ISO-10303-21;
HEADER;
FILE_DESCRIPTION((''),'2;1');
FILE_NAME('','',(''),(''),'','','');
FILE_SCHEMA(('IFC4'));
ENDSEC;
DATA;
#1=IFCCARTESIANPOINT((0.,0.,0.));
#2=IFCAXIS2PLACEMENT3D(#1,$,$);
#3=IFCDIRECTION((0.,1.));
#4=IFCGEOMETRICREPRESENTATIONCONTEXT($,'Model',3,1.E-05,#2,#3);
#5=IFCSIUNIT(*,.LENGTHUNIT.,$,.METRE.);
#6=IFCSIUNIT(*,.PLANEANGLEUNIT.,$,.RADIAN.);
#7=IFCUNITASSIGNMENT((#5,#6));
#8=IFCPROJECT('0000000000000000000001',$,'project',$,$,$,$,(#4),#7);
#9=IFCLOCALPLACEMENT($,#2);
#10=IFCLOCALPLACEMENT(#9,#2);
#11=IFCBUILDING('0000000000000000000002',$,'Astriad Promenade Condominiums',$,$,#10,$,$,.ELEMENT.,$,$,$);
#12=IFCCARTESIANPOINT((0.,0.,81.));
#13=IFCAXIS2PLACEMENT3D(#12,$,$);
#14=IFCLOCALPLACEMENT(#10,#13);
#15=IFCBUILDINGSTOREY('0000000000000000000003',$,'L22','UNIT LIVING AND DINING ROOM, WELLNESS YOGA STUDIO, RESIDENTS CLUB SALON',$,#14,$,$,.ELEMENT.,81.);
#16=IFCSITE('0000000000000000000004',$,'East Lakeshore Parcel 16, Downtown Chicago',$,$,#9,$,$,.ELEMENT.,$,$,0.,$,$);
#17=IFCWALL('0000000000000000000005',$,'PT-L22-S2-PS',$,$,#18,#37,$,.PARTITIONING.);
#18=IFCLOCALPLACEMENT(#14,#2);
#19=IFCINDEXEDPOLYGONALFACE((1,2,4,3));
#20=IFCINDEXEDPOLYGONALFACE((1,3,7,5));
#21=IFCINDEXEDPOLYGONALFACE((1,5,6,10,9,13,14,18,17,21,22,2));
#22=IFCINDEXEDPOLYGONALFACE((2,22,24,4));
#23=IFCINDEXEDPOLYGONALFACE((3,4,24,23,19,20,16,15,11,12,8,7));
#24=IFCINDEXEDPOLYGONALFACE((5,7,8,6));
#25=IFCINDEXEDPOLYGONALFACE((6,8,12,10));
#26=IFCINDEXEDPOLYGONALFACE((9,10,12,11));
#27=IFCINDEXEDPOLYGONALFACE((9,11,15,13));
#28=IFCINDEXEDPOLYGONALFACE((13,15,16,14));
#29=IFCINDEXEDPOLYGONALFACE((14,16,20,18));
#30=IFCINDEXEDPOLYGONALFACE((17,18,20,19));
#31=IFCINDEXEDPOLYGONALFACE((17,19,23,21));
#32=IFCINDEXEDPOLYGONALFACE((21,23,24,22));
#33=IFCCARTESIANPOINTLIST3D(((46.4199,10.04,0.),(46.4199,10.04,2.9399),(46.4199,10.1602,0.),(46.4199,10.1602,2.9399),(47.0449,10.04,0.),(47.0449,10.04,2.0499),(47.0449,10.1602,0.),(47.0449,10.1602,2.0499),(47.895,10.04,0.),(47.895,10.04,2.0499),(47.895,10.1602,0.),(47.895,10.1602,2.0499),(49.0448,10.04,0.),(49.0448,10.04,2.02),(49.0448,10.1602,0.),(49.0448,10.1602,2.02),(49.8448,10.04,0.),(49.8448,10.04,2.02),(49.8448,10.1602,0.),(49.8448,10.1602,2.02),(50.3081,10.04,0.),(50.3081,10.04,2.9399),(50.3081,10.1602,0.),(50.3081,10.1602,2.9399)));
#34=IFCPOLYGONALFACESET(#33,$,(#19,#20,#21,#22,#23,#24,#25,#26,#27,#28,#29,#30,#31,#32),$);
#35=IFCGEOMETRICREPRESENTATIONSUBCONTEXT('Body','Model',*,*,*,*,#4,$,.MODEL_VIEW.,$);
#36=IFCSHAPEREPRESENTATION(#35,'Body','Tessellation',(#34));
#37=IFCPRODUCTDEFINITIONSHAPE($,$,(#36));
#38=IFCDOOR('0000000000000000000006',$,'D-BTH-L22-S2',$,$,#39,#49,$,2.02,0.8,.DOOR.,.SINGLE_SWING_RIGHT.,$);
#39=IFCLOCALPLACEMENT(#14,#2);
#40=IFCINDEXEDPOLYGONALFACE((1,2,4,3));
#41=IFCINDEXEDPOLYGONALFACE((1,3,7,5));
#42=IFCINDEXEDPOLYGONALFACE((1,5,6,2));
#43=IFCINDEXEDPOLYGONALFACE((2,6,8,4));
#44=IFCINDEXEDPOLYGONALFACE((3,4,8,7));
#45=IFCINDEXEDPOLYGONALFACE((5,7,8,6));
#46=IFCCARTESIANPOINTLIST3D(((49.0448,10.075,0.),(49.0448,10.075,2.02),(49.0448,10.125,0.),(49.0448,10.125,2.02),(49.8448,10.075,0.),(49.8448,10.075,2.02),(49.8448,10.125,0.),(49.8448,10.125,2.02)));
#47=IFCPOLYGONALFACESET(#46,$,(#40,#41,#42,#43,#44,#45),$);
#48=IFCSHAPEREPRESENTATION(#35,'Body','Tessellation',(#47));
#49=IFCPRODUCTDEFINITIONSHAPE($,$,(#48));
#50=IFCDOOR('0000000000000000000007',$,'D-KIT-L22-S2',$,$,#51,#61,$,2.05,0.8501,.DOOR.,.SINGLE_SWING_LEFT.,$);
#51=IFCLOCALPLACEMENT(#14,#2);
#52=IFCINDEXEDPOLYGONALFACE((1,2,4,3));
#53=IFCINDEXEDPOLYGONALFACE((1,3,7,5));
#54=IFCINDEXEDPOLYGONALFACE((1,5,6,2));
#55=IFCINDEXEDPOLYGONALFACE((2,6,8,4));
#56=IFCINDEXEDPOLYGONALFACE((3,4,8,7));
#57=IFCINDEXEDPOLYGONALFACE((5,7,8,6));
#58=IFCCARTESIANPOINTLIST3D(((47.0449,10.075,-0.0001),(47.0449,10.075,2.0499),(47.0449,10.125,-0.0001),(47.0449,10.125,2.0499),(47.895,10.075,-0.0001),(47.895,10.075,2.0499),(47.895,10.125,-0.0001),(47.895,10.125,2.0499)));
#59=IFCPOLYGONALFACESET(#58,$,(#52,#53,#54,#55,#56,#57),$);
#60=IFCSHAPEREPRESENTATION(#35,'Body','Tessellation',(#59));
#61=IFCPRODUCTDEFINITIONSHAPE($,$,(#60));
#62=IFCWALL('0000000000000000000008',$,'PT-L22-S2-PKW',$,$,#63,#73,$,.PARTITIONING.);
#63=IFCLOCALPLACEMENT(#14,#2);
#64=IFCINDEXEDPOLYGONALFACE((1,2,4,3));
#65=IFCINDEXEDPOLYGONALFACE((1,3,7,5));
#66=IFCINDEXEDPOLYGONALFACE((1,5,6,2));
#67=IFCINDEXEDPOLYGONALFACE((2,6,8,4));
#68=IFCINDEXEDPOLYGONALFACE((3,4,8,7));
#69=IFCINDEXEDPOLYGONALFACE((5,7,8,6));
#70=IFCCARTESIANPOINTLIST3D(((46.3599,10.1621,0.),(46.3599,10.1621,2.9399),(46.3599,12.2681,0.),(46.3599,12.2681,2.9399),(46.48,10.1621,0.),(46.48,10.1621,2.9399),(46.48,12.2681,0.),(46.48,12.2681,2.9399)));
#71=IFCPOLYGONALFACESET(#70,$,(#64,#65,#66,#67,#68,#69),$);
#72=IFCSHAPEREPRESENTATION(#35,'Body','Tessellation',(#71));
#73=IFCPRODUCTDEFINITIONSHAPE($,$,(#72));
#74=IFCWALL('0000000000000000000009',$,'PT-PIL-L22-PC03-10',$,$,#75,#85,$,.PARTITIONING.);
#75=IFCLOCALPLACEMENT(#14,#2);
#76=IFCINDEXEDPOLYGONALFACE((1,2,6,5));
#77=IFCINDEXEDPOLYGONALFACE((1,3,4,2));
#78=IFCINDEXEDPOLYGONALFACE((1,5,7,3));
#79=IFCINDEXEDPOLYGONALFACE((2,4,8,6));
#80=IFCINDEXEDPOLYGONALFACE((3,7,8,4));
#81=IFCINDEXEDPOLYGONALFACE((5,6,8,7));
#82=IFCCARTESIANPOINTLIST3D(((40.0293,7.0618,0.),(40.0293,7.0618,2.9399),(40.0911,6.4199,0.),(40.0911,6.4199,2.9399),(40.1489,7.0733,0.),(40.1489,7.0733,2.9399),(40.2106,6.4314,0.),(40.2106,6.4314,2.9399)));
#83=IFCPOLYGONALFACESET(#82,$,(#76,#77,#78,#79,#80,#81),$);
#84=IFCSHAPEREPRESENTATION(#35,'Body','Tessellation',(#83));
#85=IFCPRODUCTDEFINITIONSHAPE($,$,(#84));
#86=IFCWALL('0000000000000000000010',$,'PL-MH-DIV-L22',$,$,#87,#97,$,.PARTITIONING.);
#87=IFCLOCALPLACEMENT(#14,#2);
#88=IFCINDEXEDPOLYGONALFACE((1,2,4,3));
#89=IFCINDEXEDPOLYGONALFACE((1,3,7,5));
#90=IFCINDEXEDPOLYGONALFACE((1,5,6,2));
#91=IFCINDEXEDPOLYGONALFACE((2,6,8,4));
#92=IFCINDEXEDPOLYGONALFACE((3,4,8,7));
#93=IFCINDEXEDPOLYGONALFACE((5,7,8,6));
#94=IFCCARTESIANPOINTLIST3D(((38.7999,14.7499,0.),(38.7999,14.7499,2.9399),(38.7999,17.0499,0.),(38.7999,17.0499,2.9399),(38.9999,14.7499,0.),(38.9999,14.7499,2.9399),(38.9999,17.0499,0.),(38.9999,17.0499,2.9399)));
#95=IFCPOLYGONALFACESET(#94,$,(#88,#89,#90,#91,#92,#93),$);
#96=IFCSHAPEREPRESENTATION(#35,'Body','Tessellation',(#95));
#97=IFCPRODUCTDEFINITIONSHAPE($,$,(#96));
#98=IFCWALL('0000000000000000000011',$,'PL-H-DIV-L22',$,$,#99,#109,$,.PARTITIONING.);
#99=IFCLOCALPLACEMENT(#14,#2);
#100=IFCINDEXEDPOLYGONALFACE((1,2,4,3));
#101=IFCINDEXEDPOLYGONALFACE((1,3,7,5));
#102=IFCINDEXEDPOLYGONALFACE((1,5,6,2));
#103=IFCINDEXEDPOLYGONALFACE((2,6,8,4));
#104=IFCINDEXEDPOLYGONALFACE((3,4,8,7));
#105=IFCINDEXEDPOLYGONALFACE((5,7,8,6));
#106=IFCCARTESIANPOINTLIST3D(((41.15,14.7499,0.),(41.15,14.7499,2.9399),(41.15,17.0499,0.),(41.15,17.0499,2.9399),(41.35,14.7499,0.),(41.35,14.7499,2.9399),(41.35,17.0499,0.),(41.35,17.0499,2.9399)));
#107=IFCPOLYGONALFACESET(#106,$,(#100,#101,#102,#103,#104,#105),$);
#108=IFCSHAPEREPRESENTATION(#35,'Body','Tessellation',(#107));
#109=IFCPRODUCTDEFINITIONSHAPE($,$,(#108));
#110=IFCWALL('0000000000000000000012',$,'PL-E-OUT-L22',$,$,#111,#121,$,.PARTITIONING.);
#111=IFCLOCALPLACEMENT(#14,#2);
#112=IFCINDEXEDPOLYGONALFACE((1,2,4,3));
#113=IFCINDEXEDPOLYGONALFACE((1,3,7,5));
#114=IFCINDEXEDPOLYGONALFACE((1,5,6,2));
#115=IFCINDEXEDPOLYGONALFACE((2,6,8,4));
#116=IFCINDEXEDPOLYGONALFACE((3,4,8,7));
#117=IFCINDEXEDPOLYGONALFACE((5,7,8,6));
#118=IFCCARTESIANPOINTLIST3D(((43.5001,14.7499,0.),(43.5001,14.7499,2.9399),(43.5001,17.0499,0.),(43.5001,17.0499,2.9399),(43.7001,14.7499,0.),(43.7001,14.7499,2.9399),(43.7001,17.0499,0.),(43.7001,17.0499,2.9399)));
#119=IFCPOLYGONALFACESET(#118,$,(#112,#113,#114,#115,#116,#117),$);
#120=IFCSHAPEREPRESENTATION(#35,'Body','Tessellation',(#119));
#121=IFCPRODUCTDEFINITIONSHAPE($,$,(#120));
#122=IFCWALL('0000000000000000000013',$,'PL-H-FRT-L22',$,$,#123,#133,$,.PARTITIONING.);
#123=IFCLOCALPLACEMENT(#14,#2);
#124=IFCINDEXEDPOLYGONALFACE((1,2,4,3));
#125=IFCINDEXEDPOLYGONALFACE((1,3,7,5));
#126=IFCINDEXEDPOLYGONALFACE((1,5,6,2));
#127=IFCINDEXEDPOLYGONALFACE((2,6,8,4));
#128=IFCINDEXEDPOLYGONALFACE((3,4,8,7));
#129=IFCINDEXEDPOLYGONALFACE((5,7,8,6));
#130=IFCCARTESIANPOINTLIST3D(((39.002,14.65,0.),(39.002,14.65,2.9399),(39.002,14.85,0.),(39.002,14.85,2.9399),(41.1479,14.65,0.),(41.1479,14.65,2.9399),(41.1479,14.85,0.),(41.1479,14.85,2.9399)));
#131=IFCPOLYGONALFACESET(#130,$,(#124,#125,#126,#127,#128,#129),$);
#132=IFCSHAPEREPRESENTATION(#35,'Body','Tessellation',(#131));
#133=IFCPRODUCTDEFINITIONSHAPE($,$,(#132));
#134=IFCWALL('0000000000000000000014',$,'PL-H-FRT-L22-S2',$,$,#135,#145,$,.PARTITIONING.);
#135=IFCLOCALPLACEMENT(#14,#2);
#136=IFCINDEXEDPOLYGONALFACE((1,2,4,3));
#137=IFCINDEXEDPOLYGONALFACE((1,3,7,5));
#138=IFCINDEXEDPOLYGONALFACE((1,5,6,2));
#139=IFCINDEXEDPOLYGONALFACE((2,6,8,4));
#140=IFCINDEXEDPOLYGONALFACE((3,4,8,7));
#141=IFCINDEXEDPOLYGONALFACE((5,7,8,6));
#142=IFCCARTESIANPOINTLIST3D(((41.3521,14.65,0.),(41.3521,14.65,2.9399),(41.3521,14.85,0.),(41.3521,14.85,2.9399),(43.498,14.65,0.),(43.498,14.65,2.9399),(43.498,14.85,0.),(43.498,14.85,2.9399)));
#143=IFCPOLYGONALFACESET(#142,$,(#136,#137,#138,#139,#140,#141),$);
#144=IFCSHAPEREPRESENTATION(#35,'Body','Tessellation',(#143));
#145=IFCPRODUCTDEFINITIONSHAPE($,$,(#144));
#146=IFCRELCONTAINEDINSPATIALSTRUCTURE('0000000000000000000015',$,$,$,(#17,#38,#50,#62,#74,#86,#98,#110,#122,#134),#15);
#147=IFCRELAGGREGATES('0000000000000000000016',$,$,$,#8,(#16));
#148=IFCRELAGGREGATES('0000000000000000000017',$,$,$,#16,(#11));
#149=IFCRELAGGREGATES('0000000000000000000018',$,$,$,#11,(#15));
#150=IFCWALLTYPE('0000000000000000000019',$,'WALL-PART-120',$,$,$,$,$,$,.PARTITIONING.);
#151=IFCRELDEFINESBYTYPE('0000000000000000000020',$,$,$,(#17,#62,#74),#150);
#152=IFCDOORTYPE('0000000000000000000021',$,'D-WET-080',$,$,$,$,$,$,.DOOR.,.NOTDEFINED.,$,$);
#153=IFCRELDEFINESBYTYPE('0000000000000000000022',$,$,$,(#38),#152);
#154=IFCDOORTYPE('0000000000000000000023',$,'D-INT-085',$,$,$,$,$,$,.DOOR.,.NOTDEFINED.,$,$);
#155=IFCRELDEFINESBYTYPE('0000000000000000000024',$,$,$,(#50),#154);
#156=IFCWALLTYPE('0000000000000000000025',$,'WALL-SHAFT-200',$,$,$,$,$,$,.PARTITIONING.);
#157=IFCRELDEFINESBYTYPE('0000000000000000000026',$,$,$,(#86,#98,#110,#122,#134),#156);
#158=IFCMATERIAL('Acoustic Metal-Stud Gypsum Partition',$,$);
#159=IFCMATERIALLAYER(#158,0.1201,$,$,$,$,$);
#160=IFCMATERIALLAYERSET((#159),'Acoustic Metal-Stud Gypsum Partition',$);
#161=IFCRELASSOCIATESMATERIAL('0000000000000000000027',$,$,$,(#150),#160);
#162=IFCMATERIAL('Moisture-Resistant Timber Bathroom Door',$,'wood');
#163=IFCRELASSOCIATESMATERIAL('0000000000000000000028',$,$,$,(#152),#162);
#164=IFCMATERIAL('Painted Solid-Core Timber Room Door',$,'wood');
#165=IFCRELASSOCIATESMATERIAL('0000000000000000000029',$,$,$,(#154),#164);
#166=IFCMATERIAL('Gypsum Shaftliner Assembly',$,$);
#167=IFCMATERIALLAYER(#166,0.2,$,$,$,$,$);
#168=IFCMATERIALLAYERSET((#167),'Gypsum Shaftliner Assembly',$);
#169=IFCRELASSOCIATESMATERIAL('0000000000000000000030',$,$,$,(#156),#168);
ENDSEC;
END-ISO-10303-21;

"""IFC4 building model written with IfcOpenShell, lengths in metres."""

from ifc_helpers import new_model, si_unit, direction, frame, frame_2d, origin, place, context, subcontext, project, spatial, rectangle, extrude, source, transform, mapped, material, layer, layer_set, type_object, type_shapes, element, fill, save


model = new_model("IFC4")

# Units and contexts
model_context = context("Model", 3, precision=1e-05, world=origin(), true_north=direction((0.0, 1.0)))
body_context = subcontext(model_context, "Body", "Model", "MODEL_VIEW")
ifc_project = project(units=[si_unit("LENGTHUNIT", "METRE"), si_unit("PLANEANGLEUNIT", "RADIAN")], contexts=[model_context])

# Site, building, storey
site_placement = place(None, origin())
site = spatial("IfcSite", under=ifc_project, at=site_placement, Name="East Lakeshore Parcel 16, Downtown Chicago", CompositionType="ELEMENT", RefElevation=0.0)
building_placement = place(site_placement, origin())
building = spatial("IfcBuilding", under=site, at=building_placement, Name="Astriad Promenade Condominiums", CompositionType="ELEMENT")
storey_placement = place(building_placement, frame((0.0, 0.0, 81.0)))
storey = spatial("IfcBuildingStorey", under=building, at=storey_placement, Name="L22", Description="UNIT LIVING AND DINING ROOM, WELLNESS YOGA STUDIO, RESIDENTS CLUB SALON", CompositionType="ELEMENT", Elevation=81.0)

# Wall, openings, doors
ifc_material_1 = material(Name="Acoustic Metal-Stud Gypsum Partition")
ifc_layer_1 = layer(ifc_material_1, 0.1201)
ifc_layer_set_1 = layer_set([ifc_layer_1], Name="Acoustic Metal-Stud Gypsum Partition")
wall_type_1 = type_object("IfcWallType", Name="WALL-PART-120", PredefinedType="PARTITIONING", material=ifc_layer_set_1)
wall_1_placement = place(storey_placement, frame((46.4199, 10.1001, 0.0), z_axis=(0.0, 0.0, 1.0), x_axis=(1.0, 0.0, 0.0)))
wall_1 = element("IfcWall", 1, at=wall_1_placement, inside=storey, type_object=wall_type_1, Name="PT-L22-S2-PS", PredefinedType="PARTITIONING", context=body_context, shape_type="SweptSolid", body=[
    extrude(rectangle(XDim=3.8882, YDim=0.1201, at=frame_2d((1.9441, 0.0))), origin(), (0.0, 0.0, 1.0), 2.9399),
])
opening_1_placement = place(wall_1_placement, frame((0.625, 0.0, 0.0)))
opening_1 = element("IfcOpeningElement", 2, at=opening_1_placement, cuts=wall_1, PredefinedType="OPENING", context=body_context, shape_type="SweptSolid", body=[
    extrude(rectangle(XDim=0.8501, YDim=2.05, at=frame_2d((0.425, 1.0249))), frame((0.0, 0.0701, 0.0), z_axis=(0.0, -1.0, 0.0), x_axis=(1.0, 0.0, 0.0)), (0.0, 0.0, 1.0), 0.1401),
])
opening_2_placement = place(wall_1_placement, frame((2.625, 0.0, 0.0)))
opening_2 = element("IfcOpeningElement", 3, at=opening_2_placement, cuts=wall_1, PredefinedType="OPENING", context=body_context, shape_type="SweptSolid", body=[
    extrude(rectangle(XDim=0.8, YDim=2.02, at=frame_2d((0.3999, 1.01))), frame((0.0, 0.0701, 0.0), z_axis=(0.0, -1.0, 0.0), x_axis=(1.0, 0.0, 0.0)), (0.0, 0.0, 1.0), 0.1401),
])
ifc_material_2 = material(Name="Moisture-Resistant Timber Bathroom Door", Category="wood")
door_type_1 = type_object("IfcDoorType", Name="D-WET-080", OperationType="NOTDEFINED", PredefinedType="DOOR", material=ifc_material_2)
shared_shape_1 = source(origin(), body_context, "Body", "SweptSolid", [
    extrude(rectangle(XDim=0.8, YDim=2.02, at=frame_2d((0.3999, 1.01))), frame((0.0, 0.0249, 0.0), z_axis=(0.0, -1.0, 0.0), x_axis=(1.0, 0.0, 0.0)), (0.0, 0.0, 1.0), 0.05),
])
type_shapes(door_type_1, [shared_shape_1])
door_1_placement = place(opening_2_placement, origin())
door_1 = element("IfcDoor", 4, at=door_1_placement, inside=storey, type_object=door_type_1, Name="D-BTH-L22-S2", OperationType="SINGLE_SWING_RIGHT", OverallHeight=2.02, OverallWidth=0.8, PredefinedType="DOOR", context=body_context, shape_type="MappedRepresentation", body=[
    mapped(shared_shape_1, transform((0.0, 0.0, 0.0), scale=1.0)),
])
fill(opening_2, door_1)
ifc_material_3 = material(Name="Painted Solid-Core Timber Room Door", Category="wood")
door_type_2 = type_object("IfcDoorType", Name="D-INT-085", OperationType="NOTDEFINED", PredefinedType="DOOR", material=ifc_material_3)
shared_shape_2 = source(origin(), body_context, "Body", "SweptSolid", [
    extrude(rectangle(XDim=0.8501, YDim=2.05, at=frame_2d((0.425, 1.0249))), frame((0.0, 0.0249, 0.0), z_axis=(0.0, -1.0, 0.0), x_axis=(1.0, 0.0, 0.0)), (0.0, 0.0, 1.0), 0.05),
])
type_shapes(door_type_2, [shared_shape_2])
door_2_placement = place(opening_1_placement, origin())
door_2 = element("IfcDoor", 5, at=door_2_placement, inside=storey, type_object=door_type_2, Name="D-KIT-L22-S2", OperationType="SINGLE_SWING_LEFT", OverallHeight=2.05, OverallWidth=0.8501, PredefinedType="DOOR", context=body_context, shape_type="MappedRepresentation", body=[
    mapped(shared_shape_2, transform((0.0, 0.0, 0.0), scale=1.0)),
])
fill(opening_1, door_2)

# Walls
wall_2_placement = place(storey_placement, frame((46.4199, 10.1621, 0.0), z_axis=(0.0, 0.0, 1.0), x_axis=(0.0, 1.0, 0.0)))
element("IfcWall", 6, at=wall_2_placement, inside=storey, type_object=wall_type_1, Name="PT-L22-S2-PKW", PredefinedType="PARTITIONING", context=body_context, shape_type="SweptSolid", body=[
    extrude(rectangle(XDim=2.106, YDim=0.1201, at=frame_2d((1.053, 0.0))), origin(), (0.0, 0.0, 1.0), 2.9399),
])
wall_3_placement = place(storey_placement, frame((40.0891, 7.0674, 0.0), z_axis=(0.0, 0.0, 1.0), x_axis=(0.095792, -0.995401, 0.0)))
element("IfcWall", 7, at=wall_3_placement, inside=storey, type_object=wall_type_1, Name="PT-PIL-L22-PC03-10", PredefinedType="PARTITIONING", context=body_context, shape_type="SweptSolid", body=[
    extrude(rectangle(XDim=0.6448, YDim=0.1201, at=frame_2d((0.3223, 0.0))), origin(), (0.0, 0.0, 1.0), 2.9399),
])
ifc_material_4 = material(Name="Gypsum Shaftliner Assembly")
ifc_layer_2 = layer(ifc_material_4, 0.2)
ifc_layer_set_2 = layer_set([ifc_layer_2], Name="Gypsum Shaftliner Assembly")
wall_type_2 = type_object("IfcWallType", Name="WALL-SHAFT-200", PredefinedType="PARTITIONING", material=ifc_layer_set_2)
for number, where, z_axis, x_axis, name in (
    (8, (38.8999, 14.75, 0.0), (0.0, 0.0, 1.0), (0.0, 1.0, 0.0), "PL-MH-DIV-L22"),
    (9, (41.25, 14.75, 0.0), (0.0, 0.0, 1.0), (0.0, 1.0, 0.0), "PL-H-DIV-L22"),
    (10, (43.6001, 14.75, 0.0), (0.0, 0.0, 1.0), (0.0, 1.0, 0.0), "PL-E-OUT-L22"),
):
    element("IfcWall", number, at=place(storey_placement, frame(where, z_axis=z_axis, x_axis=x_axis)), inside=storey, type_object=wall_type_2, Name=name, PredefinedType="PARTITIONING", context=body_context, shape_type="SweptSolid", body=[
        extrude(rectangle(XDim=2.3, YDim=0.2, at=frame_2d((1.1499, 0.0))), origin(), (0.0, 0.0, 1.0), 2.9399),
    ])
for number, where, z_axis, x_axis, name in (
    (11, (39.002, 14.75, 0.0), (0.0, 0.0, 1.0), (1.0, 0.0, 0.0), "PL-H-FRT-L22"),
    (12, (41.3521, 14.75, 0.0), (0.0, 0.0, 1.0), (1.0, 0.0, 0.0), "PL-H-FRT-L22-S2"),
):
    element("IfcWall", number, at=place(storey_placement, frame(where, z_axis=z_axis, x_axis=x_axis)), inside=storey, type_object=wall_type_2, Name=name, PredefinedType="PARTITIONING", context=body_context, shape_type="SweptSolid", body=[
        extrude(rectangle(XDim=2.146, YDim=0.2, at=frame_2d((1.073, 0.0))), origin(), (0.0, 0.0, 1.0), 2.9399),
    ])

save(model, "model.ifc")
